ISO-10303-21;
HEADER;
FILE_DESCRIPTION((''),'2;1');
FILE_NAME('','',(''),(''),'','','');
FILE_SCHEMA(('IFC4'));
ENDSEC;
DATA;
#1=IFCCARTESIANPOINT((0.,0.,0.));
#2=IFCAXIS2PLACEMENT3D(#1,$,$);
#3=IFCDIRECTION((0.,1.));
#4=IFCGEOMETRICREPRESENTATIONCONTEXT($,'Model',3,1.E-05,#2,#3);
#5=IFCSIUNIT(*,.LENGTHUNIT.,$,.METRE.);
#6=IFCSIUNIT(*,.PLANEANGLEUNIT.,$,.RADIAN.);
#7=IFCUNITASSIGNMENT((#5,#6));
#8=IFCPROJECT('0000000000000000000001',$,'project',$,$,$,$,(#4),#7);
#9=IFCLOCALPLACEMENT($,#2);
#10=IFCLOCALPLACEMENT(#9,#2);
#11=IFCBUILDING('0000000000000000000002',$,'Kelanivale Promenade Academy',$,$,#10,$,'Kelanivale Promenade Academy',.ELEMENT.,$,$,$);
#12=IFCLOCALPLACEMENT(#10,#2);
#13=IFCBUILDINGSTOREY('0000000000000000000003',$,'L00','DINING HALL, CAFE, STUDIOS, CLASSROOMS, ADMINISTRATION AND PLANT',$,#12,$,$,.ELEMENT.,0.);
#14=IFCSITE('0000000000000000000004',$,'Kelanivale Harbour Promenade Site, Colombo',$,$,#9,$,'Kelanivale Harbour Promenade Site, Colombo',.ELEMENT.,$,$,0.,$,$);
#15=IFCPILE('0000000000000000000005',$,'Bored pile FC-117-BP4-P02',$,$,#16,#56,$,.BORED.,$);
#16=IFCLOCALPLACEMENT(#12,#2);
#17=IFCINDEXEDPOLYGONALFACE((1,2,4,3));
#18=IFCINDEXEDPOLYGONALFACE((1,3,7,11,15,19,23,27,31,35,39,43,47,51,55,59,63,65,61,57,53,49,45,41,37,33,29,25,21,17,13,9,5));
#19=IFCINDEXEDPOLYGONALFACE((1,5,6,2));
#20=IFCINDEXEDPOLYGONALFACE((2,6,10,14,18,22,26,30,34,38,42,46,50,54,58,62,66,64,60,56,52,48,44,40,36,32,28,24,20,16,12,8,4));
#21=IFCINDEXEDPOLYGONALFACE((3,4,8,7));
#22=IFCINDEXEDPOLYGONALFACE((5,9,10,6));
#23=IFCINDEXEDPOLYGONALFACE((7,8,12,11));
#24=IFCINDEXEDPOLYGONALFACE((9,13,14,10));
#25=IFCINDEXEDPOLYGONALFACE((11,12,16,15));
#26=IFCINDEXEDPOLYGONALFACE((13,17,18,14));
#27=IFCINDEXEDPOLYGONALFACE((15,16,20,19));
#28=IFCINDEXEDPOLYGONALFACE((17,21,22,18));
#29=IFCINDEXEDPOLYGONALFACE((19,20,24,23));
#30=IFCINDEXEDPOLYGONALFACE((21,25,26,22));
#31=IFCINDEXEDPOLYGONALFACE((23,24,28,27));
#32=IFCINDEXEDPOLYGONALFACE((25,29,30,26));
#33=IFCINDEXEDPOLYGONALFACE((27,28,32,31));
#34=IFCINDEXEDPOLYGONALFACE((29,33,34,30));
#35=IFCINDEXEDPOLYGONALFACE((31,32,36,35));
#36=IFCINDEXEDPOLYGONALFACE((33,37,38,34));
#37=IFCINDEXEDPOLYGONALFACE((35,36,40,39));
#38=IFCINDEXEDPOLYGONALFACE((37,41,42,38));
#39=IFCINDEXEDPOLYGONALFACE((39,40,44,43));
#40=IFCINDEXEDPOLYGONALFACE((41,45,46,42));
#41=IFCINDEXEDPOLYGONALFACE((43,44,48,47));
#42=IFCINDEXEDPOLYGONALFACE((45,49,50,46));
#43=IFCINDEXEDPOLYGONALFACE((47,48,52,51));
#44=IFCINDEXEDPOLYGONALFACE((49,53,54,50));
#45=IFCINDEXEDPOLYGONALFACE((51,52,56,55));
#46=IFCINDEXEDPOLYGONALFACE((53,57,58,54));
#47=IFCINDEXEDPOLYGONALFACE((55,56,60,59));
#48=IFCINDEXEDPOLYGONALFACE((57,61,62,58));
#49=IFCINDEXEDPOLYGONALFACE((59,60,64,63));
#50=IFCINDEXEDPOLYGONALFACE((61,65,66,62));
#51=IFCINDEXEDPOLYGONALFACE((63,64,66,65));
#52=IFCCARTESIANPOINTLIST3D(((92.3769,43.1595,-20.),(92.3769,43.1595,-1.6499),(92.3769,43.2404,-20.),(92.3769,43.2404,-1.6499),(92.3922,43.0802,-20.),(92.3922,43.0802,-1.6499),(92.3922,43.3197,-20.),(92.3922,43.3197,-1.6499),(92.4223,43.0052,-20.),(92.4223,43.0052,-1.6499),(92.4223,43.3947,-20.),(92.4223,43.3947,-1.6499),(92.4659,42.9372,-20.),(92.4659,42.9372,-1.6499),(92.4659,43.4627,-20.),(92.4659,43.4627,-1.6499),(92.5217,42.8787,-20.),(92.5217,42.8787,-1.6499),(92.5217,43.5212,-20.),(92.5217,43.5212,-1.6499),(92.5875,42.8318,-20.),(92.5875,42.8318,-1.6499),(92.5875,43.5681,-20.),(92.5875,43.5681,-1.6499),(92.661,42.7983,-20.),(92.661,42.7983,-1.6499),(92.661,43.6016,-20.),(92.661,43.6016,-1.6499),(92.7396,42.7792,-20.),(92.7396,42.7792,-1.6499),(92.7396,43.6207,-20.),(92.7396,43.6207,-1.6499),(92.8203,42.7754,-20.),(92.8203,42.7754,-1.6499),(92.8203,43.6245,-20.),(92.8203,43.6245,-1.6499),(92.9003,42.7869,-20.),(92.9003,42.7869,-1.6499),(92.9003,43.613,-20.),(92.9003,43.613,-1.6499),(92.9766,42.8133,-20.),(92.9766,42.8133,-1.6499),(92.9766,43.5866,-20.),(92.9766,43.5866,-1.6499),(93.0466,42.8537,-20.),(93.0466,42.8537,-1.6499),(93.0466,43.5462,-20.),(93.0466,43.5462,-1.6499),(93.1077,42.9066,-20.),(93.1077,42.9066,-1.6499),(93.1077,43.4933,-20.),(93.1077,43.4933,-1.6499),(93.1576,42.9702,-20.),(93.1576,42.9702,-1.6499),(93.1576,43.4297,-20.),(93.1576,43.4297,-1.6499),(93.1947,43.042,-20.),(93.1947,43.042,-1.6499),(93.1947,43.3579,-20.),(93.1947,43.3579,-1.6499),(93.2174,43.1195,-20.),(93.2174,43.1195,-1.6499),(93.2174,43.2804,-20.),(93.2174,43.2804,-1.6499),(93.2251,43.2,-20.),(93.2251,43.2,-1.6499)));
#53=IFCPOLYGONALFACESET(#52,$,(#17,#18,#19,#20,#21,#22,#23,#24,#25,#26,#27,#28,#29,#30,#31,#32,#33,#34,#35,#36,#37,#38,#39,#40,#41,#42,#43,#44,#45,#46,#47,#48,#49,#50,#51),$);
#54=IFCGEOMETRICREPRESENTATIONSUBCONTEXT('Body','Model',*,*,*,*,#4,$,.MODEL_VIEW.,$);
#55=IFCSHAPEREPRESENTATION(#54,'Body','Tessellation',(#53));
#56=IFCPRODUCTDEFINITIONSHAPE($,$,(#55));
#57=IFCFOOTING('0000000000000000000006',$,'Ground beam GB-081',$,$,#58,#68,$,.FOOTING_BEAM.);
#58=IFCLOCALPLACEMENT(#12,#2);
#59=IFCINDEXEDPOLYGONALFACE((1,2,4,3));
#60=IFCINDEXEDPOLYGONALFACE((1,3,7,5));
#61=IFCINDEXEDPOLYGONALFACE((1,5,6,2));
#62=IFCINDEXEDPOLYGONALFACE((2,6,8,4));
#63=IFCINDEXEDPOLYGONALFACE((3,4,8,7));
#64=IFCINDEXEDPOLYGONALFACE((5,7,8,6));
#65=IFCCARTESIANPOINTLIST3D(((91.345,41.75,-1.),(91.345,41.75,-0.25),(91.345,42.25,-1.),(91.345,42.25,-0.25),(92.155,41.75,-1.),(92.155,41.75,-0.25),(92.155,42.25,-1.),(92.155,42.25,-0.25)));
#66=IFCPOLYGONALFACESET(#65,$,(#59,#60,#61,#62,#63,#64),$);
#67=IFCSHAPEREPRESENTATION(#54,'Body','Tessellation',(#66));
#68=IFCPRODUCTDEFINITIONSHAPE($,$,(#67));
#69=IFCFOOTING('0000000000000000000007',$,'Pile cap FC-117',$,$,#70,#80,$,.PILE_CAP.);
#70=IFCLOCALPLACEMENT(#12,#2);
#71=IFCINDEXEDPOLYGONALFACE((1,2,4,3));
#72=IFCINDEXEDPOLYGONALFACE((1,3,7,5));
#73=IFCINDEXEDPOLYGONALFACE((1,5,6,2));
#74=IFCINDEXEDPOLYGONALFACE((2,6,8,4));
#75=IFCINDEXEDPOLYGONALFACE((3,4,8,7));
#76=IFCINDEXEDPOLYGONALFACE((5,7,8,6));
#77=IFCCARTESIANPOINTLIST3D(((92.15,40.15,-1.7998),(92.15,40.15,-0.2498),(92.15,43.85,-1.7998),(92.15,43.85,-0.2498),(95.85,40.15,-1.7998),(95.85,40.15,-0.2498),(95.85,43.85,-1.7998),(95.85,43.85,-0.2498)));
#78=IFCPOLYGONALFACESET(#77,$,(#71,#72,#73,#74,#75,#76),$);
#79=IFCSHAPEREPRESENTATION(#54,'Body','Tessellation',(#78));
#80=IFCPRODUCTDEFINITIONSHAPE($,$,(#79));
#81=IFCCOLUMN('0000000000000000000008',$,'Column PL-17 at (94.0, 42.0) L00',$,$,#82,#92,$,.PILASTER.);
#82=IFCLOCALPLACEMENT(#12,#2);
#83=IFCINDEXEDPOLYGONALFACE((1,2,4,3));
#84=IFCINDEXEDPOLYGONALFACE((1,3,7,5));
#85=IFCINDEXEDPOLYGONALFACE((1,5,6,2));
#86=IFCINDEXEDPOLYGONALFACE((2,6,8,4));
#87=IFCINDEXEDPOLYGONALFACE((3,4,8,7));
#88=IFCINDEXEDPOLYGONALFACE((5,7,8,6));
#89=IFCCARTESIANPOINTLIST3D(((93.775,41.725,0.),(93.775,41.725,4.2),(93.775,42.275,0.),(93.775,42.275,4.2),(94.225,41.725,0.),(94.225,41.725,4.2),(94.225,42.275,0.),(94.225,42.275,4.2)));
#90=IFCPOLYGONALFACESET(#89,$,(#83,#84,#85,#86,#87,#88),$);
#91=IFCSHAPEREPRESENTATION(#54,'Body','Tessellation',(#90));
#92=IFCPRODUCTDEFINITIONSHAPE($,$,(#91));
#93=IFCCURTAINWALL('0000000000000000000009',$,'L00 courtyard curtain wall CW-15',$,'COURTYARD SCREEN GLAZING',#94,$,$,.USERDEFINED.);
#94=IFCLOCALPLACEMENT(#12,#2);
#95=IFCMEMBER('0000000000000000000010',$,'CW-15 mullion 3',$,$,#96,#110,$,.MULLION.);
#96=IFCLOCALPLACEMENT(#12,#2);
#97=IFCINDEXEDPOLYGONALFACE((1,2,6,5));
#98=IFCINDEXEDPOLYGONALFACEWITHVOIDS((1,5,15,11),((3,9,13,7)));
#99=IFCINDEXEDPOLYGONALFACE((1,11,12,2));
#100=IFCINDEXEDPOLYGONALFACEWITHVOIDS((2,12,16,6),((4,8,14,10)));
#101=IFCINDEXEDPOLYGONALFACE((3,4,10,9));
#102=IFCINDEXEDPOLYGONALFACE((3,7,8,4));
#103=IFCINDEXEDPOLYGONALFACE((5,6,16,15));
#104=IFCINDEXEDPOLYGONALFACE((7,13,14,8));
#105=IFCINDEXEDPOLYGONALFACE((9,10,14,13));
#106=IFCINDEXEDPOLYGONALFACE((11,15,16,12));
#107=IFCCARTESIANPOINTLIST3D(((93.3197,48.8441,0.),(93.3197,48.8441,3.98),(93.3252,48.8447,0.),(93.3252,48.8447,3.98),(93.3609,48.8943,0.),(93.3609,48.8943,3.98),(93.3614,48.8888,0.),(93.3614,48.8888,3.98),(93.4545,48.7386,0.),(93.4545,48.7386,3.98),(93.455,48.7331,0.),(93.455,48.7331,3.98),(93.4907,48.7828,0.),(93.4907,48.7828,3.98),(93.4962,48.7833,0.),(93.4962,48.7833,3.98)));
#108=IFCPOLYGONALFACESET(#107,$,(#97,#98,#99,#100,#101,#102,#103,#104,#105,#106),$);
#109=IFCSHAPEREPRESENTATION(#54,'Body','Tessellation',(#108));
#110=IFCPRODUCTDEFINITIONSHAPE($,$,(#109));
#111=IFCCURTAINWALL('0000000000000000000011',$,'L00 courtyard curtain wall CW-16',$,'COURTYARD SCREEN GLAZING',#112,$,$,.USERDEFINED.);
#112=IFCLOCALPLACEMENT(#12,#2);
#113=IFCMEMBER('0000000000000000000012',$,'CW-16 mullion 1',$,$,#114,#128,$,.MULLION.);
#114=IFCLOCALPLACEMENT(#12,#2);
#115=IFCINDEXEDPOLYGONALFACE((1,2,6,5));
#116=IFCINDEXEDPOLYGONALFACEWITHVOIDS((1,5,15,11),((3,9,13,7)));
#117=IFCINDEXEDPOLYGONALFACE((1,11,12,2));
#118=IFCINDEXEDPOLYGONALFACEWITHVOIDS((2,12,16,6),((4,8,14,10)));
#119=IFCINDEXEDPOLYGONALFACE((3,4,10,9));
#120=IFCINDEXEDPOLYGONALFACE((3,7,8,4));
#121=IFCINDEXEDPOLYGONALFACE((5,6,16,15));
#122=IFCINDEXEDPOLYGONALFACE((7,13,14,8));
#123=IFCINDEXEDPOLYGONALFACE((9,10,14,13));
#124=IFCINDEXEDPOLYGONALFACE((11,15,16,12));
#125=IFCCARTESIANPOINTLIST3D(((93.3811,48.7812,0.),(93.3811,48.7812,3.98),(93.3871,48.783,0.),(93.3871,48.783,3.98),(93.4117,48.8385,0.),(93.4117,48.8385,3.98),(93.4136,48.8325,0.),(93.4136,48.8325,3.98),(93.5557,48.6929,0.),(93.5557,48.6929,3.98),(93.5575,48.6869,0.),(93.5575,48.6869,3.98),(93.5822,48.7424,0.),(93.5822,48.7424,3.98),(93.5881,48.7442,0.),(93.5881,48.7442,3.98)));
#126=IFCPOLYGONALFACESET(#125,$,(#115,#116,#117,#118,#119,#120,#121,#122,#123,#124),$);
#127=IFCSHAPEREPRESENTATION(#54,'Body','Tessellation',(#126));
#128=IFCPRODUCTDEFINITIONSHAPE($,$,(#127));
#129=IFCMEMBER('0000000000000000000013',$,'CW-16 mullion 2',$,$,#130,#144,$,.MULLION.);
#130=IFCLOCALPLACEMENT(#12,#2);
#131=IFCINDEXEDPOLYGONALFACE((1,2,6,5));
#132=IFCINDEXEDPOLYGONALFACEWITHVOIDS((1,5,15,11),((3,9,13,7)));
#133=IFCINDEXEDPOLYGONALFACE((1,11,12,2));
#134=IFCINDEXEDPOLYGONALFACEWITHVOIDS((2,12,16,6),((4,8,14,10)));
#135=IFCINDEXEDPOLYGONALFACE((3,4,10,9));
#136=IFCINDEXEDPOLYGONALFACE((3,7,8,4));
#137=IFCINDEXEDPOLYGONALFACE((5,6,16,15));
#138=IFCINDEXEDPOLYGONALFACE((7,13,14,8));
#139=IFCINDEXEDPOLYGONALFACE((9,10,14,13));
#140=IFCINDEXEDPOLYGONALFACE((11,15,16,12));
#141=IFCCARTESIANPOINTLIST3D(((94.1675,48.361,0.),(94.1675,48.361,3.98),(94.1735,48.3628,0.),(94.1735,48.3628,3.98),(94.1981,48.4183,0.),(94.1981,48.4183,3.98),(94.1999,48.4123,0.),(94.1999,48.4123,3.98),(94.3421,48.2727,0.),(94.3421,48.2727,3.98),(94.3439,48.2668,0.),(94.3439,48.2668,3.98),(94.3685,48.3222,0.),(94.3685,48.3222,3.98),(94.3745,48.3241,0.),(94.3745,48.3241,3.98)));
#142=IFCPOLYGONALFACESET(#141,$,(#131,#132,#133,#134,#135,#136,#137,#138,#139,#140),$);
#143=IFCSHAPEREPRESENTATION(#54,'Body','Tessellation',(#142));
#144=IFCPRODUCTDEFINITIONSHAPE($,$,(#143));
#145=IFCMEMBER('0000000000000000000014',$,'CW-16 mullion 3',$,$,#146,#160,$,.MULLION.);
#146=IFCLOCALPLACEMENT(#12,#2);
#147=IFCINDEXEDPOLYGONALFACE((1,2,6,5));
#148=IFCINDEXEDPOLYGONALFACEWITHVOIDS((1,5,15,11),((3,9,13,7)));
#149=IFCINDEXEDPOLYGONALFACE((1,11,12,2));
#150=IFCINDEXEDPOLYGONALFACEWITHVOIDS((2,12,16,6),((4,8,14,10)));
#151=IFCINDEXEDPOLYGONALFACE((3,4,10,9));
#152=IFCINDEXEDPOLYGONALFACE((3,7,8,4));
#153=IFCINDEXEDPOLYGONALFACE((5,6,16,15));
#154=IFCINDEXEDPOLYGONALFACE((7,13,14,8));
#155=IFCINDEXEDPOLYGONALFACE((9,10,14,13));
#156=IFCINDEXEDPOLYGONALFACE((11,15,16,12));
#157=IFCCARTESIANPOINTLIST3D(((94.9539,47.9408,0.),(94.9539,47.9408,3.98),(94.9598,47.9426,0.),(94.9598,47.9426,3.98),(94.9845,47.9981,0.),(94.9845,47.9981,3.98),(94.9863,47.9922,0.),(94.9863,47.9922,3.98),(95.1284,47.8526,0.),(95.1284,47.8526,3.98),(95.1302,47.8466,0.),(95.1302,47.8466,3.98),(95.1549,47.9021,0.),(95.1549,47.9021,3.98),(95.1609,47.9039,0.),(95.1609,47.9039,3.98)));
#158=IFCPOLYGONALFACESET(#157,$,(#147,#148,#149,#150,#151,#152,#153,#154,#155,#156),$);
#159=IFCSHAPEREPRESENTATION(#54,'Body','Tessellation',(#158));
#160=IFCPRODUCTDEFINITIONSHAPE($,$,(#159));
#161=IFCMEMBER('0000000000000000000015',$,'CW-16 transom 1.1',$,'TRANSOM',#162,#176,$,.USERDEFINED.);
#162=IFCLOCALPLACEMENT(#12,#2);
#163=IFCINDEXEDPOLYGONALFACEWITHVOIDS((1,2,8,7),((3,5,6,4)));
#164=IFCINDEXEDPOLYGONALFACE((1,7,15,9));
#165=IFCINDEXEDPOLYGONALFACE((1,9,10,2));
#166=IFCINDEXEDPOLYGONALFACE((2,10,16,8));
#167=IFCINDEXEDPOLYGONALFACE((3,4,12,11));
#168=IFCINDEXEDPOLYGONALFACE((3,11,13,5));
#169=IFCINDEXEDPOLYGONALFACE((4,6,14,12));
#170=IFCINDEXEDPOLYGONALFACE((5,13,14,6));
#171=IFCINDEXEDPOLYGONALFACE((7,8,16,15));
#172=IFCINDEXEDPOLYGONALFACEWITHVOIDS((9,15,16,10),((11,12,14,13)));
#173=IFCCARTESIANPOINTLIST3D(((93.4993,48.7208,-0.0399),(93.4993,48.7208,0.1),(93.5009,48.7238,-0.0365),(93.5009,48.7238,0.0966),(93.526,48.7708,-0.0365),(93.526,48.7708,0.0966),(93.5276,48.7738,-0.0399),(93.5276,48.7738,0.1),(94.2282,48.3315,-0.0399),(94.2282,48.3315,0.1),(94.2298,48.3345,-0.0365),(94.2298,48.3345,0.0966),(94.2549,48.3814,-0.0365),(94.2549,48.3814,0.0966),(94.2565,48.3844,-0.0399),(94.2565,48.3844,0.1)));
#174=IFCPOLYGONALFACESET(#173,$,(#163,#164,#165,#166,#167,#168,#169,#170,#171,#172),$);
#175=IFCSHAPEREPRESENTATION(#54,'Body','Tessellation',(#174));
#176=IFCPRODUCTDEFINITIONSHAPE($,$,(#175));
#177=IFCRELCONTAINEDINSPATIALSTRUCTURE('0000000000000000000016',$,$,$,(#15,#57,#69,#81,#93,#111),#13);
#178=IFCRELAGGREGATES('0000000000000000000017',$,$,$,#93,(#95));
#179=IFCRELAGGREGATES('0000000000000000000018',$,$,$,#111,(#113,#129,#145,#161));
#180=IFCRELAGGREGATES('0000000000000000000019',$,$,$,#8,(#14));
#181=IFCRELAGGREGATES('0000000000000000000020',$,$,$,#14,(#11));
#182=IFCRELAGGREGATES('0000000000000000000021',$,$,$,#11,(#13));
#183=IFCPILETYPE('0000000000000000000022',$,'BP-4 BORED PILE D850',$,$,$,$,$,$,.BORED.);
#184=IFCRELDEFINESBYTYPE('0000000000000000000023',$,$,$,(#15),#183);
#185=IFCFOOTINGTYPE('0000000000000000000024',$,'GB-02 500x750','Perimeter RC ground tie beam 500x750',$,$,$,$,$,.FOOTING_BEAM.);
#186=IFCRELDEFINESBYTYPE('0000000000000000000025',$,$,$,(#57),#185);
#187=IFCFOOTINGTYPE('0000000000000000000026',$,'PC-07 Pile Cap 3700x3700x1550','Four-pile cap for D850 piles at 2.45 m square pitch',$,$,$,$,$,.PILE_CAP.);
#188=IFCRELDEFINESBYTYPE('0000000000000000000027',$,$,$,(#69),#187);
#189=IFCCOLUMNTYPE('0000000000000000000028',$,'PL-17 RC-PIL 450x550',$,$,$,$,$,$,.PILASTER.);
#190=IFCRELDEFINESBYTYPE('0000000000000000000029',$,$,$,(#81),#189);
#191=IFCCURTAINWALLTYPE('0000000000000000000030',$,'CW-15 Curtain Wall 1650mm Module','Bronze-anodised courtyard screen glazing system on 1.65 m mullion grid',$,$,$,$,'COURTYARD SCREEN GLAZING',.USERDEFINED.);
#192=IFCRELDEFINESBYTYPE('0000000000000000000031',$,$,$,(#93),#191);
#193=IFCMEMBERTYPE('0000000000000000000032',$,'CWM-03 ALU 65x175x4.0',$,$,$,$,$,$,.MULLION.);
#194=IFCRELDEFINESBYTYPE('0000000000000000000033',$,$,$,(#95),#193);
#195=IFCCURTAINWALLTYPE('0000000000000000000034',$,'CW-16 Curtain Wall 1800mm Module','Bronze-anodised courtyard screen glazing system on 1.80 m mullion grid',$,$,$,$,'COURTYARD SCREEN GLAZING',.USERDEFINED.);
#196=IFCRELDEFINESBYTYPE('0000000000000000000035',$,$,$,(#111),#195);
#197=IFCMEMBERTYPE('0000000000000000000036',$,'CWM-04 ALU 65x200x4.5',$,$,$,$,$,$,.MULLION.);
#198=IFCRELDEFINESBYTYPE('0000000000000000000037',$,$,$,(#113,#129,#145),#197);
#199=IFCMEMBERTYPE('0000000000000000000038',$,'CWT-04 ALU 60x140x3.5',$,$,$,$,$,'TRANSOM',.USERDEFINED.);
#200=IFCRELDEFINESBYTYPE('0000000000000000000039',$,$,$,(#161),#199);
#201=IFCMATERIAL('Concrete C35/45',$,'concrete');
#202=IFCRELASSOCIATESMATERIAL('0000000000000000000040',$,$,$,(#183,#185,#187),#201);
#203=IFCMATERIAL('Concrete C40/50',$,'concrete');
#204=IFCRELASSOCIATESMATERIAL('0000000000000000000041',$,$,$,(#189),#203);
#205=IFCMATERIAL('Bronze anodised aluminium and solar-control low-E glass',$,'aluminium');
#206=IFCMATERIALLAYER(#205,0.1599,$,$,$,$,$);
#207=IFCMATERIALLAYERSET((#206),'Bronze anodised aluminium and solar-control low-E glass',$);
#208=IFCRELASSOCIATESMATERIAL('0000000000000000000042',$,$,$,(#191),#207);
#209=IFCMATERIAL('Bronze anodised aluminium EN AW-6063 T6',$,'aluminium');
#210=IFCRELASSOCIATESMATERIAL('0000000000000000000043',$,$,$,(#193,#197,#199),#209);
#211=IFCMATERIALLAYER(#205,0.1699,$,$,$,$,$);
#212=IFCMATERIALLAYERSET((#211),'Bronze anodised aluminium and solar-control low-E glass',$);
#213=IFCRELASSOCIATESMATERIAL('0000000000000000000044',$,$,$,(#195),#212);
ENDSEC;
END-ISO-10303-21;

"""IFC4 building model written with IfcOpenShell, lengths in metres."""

from ifc_helpers import new_model, si_unit, direction, frame, origin, origin_2d, place, context, subcontext, project, spatial, rectangle, hollow_rectangle, circle, extrude, material, layer, layer_set, material_profile, profile_set, type_object, element, aggregate, save


model = new_model("IFC4")

# Units and contexts
model_context = context("Model", 3, precision=1e-05, world=origin(), true_north=direction((0.0, 1.0)))
body_context = subcontext(model_context, "Body", "Model", "MODEL_VIEW")
ifc_project = project(units=[si_unit("LENGTHUNIT", "METRE"), si_unit("PLANEANGLEUNIT", "RADIAN")], contexts=[model_context])

# Site, building, storey
site_placement = place(None, origin())
site = spatial("IfcSite", under=ifc_project, at=site_placement, Name="Kelanivale Harbour Promenade Site, Colombo", LongName="Kelanivale Harbour Promenade Site, Colombo", CompositionType="ELEMENT", RefElevation=0.0)
building_placement = place(site_placement, origin())
building = spatial("IfcBuilding", under=site, at=building_placement, Name="Kelanivale Promenade Academy", LongName="Kelanivale Promenade Academy", CompositionType="ELEMENT")
storey_placement = place(building_placement, origin())
storey = spatial("IfcBuildingStorey", under=building, at=storey_placement, Name="L00", Description="DINING HALL, CAFE, STUDIOS, CLASSROOMS, ADMINISTRATION AND PLANT", CompositionType="ELEMENT", Elevation=0.0)

# Pile
ifc_material_1 = material(Name="Concrete C35/45", Category="concrete")
ifc_material_profile_1 = material_profile(ifc_material_1, circle(Radius=0.425, at=origin_2d()), Name="BORED PILE D850")
ifc_profile_set_1 = profile_set([ifc_material_profile_1], Name="Concrete C35/45")
pile_type = type_object("IfcPileType", Name="BP-4 BORED PILE D850", PredefinedType="BORED", material=ifc_profile_set_1)
pile_placement = place(storey_placement, frame((92.8, 43.2, -1.6499), z_axis=(0.0, 0.0, -1.0), x_axis=(1.0, 0.0, 0.0)))
element("IfcPile", 1, at=pile_placement, inside=storey, type_object=pile_type, Name="Bored pile FC-117-BP4-P02", PredefinedType="BORED", context=body_context, shape_type="SweptSolid", body=[
    extrude(circle(Radius=0.425, at=origin_2d()), origin(), (0.0, 0.0, 1.0), 18.3501),
])

# Footings
footing_type_1 = type_object("IfcFootingType", Name="GB-02 500x750", Description="Perimeter RC ground tie beam 500x750", PredefinedType="FOOTING_BEAM", material=ifc_material_1)
footing_1_placement = place(storey_placement, frame((91.75, 42.0, -1.0), z_axis=(0.0, 0.0, 1.0), x_axis=(1.0, 0.0, 0.0)))
element("IfcFooting", 2, at=footing_1_placement, inside=storey, type_object=footing_type_1, Name="Ground beam GB-081", PredefinedType="FOOTING_BEAM", context=body_context, shape_type="SweptSolid", body=[
    extrude(rectangle(XDim=0.8101, YDim=0.5, at=origin_2d()), origin(), (0.0, 0.0, 1.0), 0.75),
])
footing_type_2 = type_object("IfcFootingType", Name="PC-07 Pile Cap 3700x3700x1550", Description="Four-pile cap for D850 piles at 2.45 m square pitch", PredefinedType="PILE_CAP", material=ifc_material_1)
footing_2_placement = place(storey_placement, frame((94.0, 42.0, -1.7998), z_axis=(0.0, 0.0, 1.0), x_axis=(1.0, 0.0, 0.0)))
element("IfcFooting", 3, at=footing_2_placement, inside=storey, type_object=footing_type_2, Name="Pile cap FC-117", PredefinedType="PILE_CAP", context=body_context, shape_type="SweptSolid", body=[
    extrude(rectangle(XDim=3.7, YDim=3.7, at=origin_2d()), origin(), (0.0, 0.0, 1.0), 1.55),
])

# Column
ifc_material_2 = material(Name="Concrete C40/50", Category="concrete")
ifc_material_profile_2 = material_profile(ifc_material_2, rectangle(XDim=0.45, YDim=0.55, at=origin_2d()), Name="RC-PIL 450x550")
ifc_profile_set_2 = profile_set([ifc_material_profile_2], Name="Concrete C40/50")
column_type = type_object("IfcColumnType", Name="PL-17 RC-PIL 450x550", PredefinedType="PILASTER", material=ifc_profile_set_2)
column_placement = place(storey_placement, frame((94.0, 42.0, 0.0), z_axis=(0.0, 0.0, 1.0), x_axis=(1.0, 0.0, 0.0)))
element("IfcColumn", 4, at=column_placement, inside=storey, type_object=column_type, Name="Column PL-17 at (94.0, 42.0) L00", PredefinedType="PILASTER", context=body_context, shape_type="SweptSolid", body=[
    extrude(rectangle(XDim=0.45, YDim=0.55, at=origin_2d()), origin(), (0.0, 0.0, 1.0), 4.2),
])

# Curtain wall, member
ifc_material_3 = material(Name="Bronze anodised aluminium and solar-control low-E glass", Category="aluminium")
ifc_layer_1 = layer(ifc_material_3, 0.1599)
ifc_layer_set_1 = layer_set([ifc_layer_1], Name="Bronze anodised aluminium and solar-control low-E glass")
curtain_wall_type_1 = type_object("IfcCurtainWallType", Name="CW-15 Curtain Wall 1650mm Module", Description="Bronze-anodised courtyard screen glazing system on 1.65 m mullion grid", ElementType="COURTYARD SCREEN GLAZING", PredefinedType="USERDEFINED", material=ifc_layer_set_1)
curtain_wall_1_placement = place(storey_placement, origin())
curtain_wall_1 = element("IfcCurtainWall", 5, at=curtain_wall_1_placement, inside=storey, type_object=curtain_wall_type_1, Name="L00 courtyard curtain wall CW-15", ObjectType="COURTYARD SCREEN GLAZING", PredefinedType="USERDEFINED")
ifc_material_4 = material(Name="Bronze anodised aluminium EN AW-6063 T6", Category="aluminium")
ifc_material_profile_3 = material_profile(ifc_material_4, hollow_rectangle(XDim=0.0649, YDim=0.175, WallThickness=0.0039, at=origin_2d()), Name="ALU 65x175x4.0")
ifc_profile_set_3 = profile_set([ifc_material_profile_3], Name="Bronze anodised aluminium EN AW-6063 T6")
member_type_1 = type_object("IfcMemberType", Name="CWM-03 ALU 65x175x4.0", PredefinedType="MULLION", material=ifc_profile_set_3)
member_1_placement = place(storey_placement, frame((93.408, 48.8137, 0.0), z_axis=(0.0, 0.0, 1.0), x_axis=(0.634144, 0.773215, 0.0)))
member_1 = element("IfcMember", 6, at=member_1_placement, type_object=member_type_1, Name="CW-15 mullion 3", PredefinedType="MULLION", context=body_context, shape_type="SweptSolid", body=[
    extrude(hollow_rectangle(XDim=0.0649, YDim=0.175, WallThickness=0.0039, at=origin_2d()), origin(), (0.0, 0.0, 1.0), 3.98),
])
aggregate(curtain_wall_1, [member_1])

# Curtain wall, members
ifc_layer_2 = layer(ifc_material_3, 0.1699)
ifc_layer_set_2 = layer_set([ifc_layer_2], Name="Bronze anodised aluminium and solar-control low-E glass")
curtain_wall_type_2 = type_object("IfcCurtainWallType", Name="CW-16 Curtain Wall 1800mm Module", Description="Bronze-anodised courtyard screen glazing system on 1.80 m mullion grid", ElementType="COURTYARD SCREEN GLAZING", PredefinedType="USERDEFINED", material=ifc_layer_set_2)
curtain_wall_2_placement = place(storey_placement, origin())
curtain_wall_2 = element("IfcCurtainWall", 7, at=curtain_wall_2_placement, inside=storey, type_object=curtain_wall_type_2, Name="L00 courtyard curtain wall CW-16", ObjectType="COURTYARD SCREEN GLAZING", PredefinedType="USERDEFINED")
ifc_material_profile_4 = material_profile(ifc_material_4, hollow_rectangle(XDim=0.0649, YDim=0.2, WallThickness=0.0044, at=origin_2d()), Name="ALU 65x200x4.5")
ifc_profile_set_4 = profile_set([ifc_material_profile_4], Name="Bronze anodised aluminium EN AW-6063 T6")
member_type_2 = type_object("IfcMemberType", Name="CWM-04 ALU 65x200x4.5", PredefinedType="MULLION", material=ifc_profile_set_4)
member_2_placement = place(storey_placement, frame((93.4846, 48.7627, 0.0), z_axis=(0.0, 0.0, 1.0), x_axis=(0.47129, 0.881978, 0.0)))
member_2 = element("IfcMember", 8, at=member_2_placement, type_object=member_type_2, Name="CW-16 mullion 1", PredefinedType="MULLION", context=body_context, shape_type="SweptSolid", body=[
    extrude(hollow_rectangle(XDim=0.0649, YDim=0.2, WallThickness=0.0044, at=origin_2d()), origin(), (0.0, 0.0, 1.0), 3.98),
])
member_3_placement = place(storey_placement, frame((94.271, 48.3425, 0.0), z_axis=(0.0, 0.0, 1.0), x_axis=(0.47129, 0.881978, 0.0)))
member_3 = element("IfcMember", 9, at=member_3_placement, type_object=member_type_2, Name="CW-16 mullion 2", PredefinedType="MULLION", context=body_context, shape_type="SweptSolid", body=[
    extrude(hollow_rectangle(XDim=0.0649, YDim=0.2, WallThickness=0.0044, at=origin_2d()), origin(), (0.0, 0.0, 1.0), 3.98),
])
member_4_placement = place(storey_placement, frame((95.0574, 47.9224, 0.0), z_axis=(0.0, 0.0, 1.0), x_axis=(0.47129, 0.881978, 0.0)))
member_4 = element("IfcMember", 10, at=member_4_placement, type_object=member_type_2, Name="CW-16 mullion 3", PredefinedType="MULLION", context=body_context, shape_type="SweptSolid", body=[
    extrude(hollow_rectangle(XDim=0.0649, YDim=0.2, WallThickness=0.0044, at=origin_2d()), origin(), (0.0, 0.0, 1.0), 3.98),
])
ifc_material_profile_5 = material_profile(ifc_material_4, hollow_rectangle(XDim=0.0601, YDim=0.1399, WallThickness=0.0034, at=origin_2d()), Name="ALU 60x140x3.5")
ifc_profile_set_5 = profile_set([ifc_material_profile_5], Name="Bronze anodised aluminium EN AW-6063 T6")
member_type_3 = type_object("IfcMemberType", Name="CWT-04 ALU 60x140x3.5", ElementType="TRANSOM", PredefinedType="USERDEFINED", material=ifc_profile_set_5)
member_5_placement = place(storey_placement, frame((93.5134, 48.7473, 0.03), z_axis=(0.88205, -0.471155, 0.0), x_axis=(0.471155, 0.88205, 0.0)))
member_5 = element("IfcMember", 11, at=member_5_placement, type_object=member_type_3, Name="CW-16 transom 1.1", ObjectType="TRANSOM", PredefinedType="USERDEFINED", context=body_context, shape_type="SweptSolid", body=[
    extrude(hollow_rectangle(XDim=0.0601, YDim=0.1399, WallThickness=0.0034, at=origin_2d()), origin(), (0.0, 0.0, 1.0), 0.8264),
])
aggregate(curtain_wall_2, [member_2, member_3, member_4, member_5])

save(model, "model.ifc")
